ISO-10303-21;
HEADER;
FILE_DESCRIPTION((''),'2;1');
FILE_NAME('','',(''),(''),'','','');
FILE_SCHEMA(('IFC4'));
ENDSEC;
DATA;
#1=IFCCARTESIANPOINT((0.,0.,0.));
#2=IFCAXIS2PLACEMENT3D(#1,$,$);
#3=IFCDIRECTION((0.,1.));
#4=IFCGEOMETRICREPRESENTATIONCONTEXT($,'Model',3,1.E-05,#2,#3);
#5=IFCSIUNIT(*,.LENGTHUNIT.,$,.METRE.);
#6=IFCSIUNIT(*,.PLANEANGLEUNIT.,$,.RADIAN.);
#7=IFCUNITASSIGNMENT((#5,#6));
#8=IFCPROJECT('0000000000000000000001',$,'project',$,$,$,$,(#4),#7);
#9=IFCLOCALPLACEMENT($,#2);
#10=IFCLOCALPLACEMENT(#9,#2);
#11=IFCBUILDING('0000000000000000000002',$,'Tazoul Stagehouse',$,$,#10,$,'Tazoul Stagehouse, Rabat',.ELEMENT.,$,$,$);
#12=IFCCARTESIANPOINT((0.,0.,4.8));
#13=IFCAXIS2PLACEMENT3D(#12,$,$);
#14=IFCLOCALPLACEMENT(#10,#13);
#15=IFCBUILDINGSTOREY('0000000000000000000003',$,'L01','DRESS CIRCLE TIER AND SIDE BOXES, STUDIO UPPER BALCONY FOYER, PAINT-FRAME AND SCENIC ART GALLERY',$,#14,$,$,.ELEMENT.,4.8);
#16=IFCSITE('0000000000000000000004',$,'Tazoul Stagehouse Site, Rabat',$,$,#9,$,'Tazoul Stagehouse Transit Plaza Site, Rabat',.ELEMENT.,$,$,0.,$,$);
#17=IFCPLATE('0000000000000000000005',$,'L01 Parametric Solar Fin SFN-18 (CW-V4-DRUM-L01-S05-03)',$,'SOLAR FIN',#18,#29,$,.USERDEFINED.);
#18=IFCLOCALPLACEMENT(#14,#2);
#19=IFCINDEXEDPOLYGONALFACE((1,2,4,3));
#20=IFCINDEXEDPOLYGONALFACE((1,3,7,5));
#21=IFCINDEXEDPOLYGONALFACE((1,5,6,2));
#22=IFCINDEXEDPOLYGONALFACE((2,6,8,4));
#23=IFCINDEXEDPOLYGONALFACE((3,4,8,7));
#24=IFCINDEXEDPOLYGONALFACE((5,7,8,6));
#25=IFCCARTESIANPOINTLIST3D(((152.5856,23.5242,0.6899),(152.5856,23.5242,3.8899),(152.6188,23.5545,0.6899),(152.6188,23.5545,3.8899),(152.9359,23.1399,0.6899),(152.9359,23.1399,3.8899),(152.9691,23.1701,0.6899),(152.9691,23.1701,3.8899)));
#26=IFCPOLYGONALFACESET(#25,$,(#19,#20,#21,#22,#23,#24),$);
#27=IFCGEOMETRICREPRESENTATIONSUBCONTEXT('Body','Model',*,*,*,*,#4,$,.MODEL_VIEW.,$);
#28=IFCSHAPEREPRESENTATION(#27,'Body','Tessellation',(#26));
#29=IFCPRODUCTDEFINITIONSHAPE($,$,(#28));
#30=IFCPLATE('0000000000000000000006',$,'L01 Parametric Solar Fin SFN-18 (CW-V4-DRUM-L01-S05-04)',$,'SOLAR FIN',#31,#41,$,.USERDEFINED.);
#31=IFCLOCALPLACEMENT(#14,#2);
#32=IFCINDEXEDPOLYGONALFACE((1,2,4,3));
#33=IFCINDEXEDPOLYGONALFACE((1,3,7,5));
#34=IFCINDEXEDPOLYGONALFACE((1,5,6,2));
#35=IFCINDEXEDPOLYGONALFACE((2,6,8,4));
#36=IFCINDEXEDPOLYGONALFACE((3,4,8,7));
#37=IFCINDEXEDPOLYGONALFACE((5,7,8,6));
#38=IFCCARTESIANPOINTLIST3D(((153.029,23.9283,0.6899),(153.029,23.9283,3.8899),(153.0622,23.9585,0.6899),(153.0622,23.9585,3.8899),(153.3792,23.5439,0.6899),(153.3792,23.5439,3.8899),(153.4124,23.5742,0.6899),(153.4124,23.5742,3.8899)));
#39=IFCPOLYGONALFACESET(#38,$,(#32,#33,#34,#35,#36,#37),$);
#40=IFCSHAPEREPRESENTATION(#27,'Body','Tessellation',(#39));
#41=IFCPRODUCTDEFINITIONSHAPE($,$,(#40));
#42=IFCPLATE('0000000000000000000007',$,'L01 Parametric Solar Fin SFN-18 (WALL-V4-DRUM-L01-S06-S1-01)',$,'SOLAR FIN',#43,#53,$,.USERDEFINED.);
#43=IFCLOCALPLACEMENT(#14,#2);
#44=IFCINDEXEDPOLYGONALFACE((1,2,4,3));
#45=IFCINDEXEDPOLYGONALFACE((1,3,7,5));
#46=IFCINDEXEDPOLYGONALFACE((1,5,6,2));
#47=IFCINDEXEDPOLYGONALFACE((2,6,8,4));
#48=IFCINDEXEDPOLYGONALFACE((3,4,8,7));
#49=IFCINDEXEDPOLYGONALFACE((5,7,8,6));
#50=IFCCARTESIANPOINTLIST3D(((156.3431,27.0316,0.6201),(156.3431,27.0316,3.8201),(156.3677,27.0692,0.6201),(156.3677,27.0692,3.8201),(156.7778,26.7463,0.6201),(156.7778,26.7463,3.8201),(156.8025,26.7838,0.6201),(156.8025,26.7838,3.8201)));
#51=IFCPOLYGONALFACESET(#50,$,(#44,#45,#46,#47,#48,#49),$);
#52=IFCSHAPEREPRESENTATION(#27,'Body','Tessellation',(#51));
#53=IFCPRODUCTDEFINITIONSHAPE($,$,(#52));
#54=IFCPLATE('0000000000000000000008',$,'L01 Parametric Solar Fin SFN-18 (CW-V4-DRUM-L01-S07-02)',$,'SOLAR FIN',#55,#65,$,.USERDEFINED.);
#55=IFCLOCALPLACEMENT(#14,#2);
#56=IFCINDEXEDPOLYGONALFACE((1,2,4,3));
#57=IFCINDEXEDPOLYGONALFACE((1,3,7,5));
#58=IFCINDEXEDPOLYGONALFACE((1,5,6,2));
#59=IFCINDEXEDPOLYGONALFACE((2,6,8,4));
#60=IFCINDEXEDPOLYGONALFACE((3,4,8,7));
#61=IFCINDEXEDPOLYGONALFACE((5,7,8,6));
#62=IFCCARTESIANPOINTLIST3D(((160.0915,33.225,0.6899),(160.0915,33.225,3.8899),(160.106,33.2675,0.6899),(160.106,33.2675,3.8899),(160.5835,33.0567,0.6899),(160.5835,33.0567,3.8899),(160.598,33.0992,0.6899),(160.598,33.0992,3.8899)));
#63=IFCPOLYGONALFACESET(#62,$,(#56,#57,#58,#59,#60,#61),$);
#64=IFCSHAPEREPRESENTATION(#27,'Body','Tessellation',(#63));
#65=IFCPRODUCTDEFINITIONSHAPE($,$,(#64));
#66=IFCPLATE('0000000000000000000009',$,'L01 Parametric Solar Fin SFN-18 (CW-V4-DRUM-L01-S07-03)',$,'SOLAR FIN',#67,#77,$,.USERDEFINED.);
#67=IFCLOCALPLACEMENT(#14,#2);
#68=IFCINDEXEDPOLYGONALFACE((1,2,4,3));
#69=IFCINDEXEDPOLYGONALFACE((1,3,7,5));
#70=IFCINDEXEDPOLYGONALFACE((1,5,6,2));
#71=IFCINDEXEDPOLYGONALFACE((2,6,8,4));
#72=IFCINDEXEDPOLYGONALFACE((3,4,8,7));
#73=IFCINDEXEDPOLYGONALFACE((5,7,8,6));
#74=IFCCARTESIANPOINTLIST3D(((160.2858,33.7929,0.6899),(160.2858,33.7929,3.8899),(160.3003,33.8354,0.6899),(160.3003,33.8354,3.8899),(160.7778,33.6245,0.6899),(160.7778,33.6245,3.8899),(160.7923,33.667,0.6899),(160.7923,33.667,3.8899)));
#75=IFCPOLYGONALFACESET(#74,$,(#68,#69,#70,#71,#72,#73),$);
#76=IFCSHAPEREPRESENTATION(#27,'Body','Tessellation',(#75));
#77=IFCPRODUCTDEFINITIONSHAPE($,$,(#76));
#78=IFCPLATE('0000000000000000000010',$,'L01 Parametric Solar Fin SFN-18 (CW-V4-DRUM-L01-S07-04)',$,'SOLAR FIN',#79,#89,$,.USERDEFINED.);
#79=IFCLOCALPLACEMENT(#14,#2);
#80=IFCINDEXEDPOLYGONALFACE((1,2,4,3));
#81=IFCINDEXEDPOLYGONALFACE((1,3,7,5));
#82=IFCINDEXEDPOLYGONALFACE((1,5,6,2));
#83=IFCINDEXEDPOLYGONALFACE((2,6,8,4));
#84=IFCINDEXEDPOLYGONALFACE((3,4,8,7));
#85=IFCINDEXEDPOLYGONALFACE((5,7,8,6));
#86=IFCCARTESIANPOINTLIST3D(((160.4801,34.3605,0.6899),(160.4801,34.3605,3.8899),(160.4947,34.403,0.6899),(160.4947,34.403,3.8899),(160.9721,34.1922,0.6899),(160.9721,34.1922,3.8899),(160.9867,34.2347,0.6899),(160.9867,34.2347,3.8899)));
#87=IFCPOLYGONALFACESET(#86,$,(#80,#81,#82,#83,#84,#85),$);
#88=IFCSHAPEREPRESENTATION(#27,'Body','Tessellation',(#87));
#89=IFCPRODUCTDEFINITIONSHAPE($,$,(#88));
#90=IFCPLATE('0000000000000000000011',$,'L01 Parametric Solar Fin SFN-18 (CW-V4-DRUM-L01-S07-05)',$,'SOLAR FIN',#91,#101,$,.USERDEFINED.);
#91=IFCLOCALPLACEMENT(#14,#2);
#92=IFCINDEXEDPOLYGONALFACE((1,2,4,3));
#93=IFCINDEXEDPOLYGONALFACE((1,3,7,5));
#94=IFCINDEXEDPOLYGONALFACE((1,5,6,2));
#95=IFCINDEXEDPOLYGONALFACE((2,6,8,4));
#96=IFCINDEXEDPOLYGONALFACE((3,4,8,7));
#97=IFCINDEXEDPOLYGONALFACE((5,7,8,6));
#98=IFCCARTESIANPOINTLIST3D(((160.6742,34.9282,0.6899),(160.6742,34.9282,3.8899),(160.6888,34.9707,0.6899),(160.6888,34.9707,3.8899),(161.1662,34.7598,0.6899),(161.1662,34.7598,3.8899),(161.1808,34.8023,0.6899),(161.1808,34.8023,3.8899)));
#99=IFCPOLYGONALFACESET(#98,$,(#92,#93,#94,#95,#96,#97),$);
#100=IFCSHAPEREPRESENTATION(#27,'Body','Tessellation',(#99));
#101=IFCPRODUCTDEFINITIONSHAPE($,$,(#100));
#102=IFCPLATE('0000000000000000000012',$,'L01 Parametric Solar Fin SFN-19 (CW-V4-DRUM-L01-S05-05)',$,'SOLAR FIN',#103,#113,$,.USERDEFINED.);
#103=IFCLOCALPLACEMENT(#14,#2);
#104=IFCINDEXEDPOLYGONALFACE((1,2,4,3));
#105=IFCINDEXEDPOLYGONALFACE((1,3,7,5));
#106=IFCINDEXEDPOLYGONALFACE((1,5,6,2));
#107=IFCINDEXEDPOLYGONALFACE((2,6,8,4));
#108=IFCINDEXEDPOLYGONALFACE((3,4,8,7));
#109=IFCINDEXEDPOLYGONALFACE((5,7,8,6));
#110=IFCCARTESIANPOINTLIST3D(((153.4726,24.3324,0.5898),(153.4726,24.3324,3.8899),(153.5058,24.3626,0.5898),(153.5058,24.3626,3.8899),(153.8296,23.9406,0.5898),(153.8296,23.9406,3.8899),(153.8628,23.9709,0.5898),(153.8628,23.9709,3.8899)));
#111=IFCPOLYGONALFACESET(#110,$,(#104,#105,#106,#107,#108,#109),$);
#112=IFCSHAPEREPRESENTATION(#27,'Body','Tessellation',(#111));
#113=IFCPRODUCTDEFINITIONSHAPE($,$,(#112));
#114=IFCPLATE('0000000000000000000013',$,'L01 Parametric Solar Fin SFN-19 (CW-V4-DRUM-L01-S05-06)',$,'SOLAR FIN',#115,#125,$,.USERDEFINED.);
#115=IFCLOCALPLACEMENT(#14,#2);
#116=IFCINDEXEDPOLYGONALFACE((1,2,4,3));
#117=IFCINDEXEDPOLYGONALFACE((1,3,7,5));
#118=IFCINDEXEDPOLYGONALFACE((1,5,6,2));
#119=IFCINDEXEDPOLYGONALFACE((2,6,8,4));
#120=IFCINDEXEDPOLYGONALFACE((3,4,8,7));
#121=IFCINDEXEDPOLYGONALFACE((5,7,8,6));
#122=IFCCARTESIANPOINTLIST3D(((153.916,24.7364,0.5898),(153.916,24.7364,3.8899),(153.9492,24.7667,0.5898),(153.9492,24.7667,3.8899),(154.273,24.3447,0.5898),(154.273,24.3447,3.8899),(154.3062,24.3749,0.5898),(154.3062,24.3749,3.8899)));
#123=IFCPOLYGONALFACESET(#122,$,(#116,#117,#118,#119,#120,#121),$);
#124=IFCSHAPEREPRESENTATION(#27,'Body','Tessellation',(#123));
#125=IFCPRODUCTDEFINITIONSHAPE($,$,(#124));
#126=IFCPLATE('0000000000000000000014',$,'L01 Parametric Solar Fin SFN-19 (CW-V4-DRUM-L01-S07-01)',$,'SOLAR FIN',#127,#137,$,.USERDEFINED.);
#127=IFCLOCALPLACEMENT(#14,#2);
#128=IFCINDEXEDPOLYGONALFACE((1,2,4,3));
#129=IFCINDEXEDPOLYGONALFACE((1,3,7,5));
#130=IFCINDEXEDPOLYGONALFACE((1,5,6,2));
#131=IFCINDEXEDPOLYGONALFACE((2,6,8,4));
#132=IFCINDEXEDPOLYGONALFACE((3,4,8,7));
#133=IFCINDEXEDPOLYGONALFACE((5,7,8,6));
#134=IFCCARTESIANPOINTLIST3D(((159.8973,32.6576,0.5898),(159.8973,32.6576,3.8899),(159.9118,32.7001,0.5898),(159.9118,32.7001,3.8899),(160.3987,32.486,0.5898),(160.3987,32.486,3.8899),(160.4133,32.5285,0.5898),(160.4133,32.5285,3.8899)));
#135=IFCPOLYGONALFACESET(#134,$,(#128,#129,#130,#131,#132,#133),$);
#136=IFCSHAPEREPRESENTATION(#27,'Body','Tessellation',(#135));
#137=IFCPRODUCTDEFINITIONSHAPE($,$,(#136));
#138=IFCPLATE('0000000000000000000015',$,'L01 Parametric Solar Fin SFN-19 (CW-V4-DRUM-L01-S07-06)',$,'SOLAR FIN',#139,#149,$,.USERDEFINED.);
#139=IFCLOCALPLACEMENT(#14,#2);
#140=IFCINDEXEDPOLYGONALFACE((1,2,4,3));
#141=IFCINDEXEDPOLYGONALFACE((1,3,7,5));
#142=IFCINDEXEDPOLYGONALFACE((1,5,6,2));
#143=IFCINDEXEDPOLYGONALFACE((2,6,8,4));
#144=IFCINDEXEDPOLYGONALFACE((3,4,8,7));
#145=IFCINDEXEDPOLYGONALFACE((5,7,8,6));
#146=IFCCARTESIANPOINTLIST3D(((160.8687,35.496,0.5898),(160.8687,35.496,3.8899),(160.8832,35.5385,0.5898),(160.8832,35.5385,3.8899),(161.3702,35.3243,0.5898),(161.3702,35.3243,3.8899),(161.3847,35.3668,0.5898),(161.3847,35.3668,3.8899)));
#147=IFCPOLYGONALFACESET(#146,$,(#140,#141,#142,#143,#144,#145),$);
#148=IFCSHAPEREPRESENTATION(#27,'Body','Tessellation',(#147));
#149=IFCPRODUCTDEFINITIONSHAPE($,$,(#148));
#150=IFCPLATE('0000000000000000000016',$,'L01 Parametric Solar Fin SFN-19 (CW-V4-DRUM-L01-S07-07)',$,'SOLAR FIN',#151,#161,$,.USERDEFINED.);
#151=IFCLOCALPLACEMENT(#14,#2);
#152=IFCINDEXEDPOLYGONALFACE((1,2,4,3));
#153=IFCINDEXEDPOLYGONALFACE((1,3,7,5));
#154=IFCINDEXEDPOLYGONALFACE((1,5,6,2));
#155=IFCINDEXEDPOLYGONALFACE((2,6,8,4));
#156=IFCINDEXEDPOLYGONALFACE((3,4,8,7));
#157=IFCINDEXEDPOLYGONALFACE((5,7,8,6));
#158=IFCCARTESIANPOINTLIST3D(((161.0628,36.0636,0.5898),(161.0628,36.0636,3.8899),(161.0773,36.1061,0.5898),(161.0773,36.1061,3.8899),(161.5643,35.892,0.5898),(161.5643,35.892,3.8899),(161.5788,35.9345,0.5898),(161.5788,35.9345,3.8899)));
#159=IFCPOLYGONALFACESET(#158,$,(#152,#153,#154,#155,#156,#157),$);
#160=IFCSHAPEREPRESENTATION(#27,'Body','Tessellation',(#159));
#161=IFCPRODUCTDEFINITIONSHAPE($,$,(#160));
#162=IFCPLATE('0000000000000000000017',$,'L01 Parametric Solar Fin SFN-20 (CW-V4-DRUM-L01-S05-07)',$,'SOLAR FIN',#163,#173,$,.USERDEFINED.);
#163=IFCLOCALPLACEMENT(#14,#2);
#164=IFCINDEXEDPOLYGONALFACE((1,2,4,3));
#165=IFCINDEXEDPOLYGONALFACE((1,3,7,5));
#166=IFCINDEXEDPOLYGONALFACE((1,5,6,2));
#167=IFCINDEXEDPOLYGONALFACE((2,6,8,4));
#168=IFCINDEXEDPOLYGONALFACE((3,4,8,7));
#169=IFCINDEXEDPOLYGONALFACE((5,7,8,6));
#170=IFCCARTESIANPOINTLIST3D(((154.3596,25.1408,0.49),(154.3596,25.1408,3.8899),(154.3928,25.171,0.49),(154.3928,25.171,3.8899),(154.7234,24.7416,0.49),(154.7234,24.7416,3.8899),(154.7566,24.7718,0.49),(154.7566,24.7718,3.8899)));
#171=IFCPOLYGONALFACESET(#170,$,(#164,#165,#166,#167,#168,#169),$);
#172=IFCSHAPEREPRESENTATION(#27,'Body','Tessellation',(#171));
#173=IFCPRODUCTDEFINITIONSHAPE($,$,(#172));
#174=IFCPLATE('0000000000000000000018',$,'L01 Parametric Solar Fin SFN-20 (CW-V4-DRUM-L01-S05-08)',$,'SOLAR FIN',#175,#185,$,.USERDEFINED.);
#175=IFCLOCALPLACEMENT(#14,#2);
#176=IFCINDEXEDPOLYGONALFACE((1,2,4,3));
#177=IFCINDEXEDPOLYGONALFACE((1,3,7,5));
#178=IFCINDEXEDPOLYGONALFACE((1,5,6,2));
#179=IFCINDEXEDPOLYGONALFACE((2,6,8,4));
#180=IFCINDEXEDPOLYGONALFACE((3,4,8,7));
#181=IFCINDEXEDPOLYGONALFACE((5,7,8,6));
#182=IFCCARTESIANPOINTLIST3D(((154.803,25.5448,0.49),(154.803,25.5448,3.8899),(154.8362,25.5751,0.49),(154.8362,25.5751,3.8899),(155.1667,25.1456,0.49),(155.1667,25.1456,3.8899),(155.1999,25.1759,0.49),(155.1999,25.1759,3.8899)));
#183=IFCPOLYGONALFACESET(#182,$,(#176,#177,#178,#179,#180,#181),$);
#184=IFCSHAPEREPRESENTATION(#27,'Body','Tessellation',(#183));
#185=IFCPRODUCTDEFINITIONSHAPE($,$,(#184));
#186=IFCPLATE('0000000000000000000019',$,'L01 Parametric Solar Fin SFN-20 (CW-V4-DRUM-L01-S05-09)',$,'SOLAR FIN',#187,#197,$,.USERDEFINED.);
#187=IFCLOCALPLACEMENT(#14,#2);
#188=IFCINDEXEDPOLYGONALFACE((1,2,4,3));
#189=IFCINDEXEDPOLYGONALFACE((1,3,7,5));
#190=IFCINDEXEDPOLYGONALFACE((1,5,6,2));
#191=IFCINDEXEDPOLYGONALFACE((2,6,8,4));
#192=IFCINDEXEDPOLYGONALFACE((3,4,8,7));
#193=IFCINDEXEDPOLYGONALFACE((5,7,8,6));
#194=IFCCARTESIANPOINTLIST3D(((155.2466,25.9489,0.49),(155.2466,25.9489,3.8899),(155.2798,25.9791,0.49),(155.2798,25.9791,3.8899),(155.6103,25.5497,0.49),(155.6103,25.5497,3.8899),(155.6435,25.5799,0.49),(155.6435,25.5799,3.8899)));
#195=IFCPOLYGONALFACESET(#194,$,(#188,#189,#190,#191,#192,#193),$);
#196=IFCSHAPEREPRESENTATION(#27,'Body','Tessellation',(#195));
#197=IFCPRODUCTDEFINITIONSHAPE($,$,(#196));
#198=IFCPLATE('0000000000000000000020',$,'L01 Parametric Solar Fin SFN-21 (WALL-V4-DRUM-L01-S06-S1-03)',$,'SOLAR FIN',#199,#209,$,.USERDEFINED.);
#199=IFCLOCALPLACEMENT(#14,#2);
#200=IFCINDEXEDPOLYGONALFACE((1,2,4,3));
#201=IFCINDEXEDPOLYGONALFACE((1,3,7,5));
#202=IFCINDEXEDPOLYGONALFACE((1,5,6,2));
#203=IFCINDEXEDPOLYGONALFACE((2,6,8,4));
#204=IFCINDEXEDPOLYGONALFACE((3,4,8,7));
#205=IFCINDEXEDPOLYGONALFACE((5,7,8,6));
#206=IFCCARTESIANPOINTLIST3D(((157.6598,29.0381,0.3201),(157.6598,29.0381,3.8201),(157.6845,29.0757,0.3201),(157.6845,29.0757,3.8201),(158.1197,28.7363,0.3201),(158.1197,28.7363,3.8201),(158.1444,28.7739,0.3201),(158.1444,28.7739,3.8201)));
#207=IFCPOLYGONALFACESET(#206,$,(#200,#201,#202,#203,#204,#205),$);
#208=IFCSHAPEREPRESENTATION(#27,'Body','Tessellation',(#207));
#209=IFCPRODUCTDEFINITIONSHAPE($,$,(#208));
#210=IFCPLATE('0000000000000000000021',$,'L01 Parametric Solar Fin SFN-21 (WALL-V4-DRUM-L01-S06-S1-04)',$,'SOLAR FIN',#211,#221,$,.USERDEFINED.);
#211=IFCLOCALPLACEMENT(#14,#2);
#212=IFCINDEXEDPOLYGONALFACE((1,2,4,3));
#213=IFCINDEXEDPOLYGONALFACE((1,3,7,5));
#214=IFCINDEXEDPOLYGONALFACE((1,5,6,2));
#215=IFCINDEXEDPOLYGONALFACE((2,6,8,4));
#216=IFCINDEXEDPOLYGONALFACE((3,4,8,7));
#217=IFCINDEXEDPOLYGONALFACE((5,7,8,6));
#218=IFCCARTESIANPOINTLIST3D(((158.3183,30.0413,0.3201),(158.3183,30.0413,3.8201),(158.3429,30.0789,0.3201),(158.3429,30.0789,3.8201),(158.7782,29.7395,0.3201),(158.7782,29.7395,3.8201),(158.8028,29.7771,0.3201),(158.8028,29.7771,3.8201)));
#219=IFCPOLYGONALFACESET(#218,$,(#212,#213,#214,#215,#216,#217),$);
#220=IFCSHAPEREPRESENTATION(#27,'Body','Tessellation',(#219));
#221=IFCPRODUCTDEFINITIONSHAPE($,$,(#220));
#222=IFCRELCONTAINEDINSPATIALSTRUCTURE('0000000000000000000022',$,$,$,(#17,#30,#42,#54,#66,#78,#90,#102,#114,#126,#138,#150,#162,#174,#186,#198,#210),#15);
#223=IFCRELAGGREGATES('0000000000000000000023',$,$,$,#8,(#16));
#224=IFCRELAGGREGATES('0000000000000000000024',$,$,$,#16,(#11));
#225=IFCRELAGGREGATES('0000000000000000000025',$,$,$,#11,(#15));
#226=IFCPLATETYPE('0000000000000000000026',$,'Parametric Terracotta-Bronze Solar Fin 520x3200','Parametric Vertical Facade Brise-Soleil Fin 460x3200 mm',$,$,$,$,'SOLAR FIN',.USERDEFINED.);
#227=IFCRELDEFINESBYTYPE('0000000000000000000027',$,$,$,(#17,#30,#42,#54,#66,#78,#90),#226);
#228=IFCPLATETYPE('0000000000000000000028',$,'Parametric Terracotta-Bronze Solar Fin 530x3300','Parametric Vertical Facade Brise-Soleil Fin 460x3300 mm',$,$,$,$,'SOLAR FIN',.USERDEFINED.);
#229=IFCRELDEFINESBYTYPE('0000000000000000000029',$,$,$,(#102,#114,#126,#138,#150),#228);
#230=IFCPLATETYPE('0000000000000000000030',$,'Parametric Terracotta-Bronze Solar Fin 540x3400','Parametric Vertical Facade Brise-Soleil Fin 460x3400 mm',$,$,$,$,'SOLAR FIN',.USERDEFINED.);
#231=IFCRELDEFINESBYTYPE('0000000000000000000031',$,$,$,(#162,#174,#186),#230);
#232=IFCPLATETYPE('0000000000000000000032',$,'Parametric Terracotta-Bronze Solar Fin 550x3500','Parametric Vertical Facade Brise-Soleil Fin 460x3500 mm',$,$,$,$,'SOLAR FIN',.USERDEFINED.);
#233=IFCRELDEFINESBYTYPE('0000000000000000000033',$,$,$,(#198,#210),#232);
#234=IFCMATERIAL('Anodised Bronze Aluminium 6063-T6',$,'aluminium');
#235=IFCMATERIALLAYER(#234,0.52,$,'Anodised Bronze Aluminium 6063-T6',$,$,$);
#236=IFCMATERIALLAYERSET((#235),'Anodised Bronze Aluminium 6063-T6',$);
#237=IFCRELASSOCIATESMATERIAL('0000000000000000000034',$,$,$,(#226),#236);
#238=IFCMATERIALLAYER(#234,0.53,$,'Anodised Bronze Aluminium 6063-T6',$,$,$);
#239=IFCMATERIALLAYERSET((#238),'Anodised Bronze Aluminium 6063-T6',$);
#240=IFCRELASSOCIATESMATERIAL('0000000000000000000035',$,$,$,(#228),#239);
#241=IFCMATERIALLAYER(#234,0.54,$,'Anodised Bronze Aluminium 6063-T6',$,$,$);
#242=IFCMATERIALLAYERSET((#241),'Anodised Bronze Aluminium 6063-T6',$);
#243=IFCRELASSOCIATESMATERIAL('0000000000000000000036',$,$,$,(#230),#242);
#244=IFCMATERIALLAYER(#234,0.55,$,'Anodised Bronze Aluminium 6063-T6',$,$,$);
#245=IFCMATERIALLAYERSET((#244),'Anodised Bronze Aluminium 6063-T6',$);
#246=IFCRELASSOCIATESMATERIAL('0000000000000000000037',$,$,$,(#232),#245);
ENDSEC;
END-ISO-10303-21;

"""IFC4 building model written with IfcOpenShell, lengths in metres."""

from ifc_helpers import new_model, si_unit, direction, frame, origin, origin_2d, place, context, subcontext, project, spatial, rectangle, extrude, material, layer, layer_set, type_object, element, save


model = new_model("IFC4")

# Units and contexts
model_context = context("Model", 3, precision=1e-05, world=origin(), true_north=direction((0.0, 1.0)))
body_context = subcontext(model_context, "Body", "Model", "MODEL_VIEW")
ifc_project = project(units=[si_unit("LENGTHUNIT", "METRE"), si_unit("PLANEANGLEUNIT", "RADIAN")], contexts=[model_context])

# Site, building, storey
site_placement = place(None, origin())
site = spatial("IfcSite", under=ifc_project, at=site_placement, Name="Tazoul Stagehouse Site, Rabat", LongName="Tazoul Stagehouse Transit Plaza Site, Rabat", CompositionType="ELEMENT", RefElevation=0.0)
building_placement = place(site_placement, origin())
building = spatial("IfcBuilding", under=site, at=building_placement, Name="Tazoul Stagehouse", LongName="Tazoul Stagehouse, Rabat", CompositionType="ELEMENT")
storey_placement = place(building_placement, frame((0.0, 0.0, 4.8)))
storey = spatial("IfcBuildingStorey", under=building, at=storey_placement, Name="L01", Description="DRESS CIRCLE TIER AND SIDE BOXES, STUDIO UPPER BALCONY FOYER, PAINT-FRAME AND SCENIC ART GALLERY", CompositionType="ELEMENT", Elevation=4.8)

# Plates
ifc_material_1 = material(Name="Anodised Bronze Aluminium 6063-T6", Category="aluminium")
ifc_layer_1 = layer(ifc_material_1, 0.52, Name="Anodised Bronze Aluminium 6063-T6")
ifc_layer_set_1 = layer_set([ifc_layer_1], Name="Anodised Bronze Aluminium 6063-T6")
plate_type_1 = type_object("IfcPlateType", Name="Parametric Terracotta-Bronze Solar Fin 520x3200", Description="Parametric Vertical Facade Brise-Soleil Fin 460x3200 mm", ElementType="SOLAR FIN", PredefinedType="USERDEFINED", material=ifc_layer_set_1)
for number, where, z_axis, x_axis, name in (
    (1, (152.7773, 23.3472, 0.6899), (0.0, 0.0, 1.0), (0.739147, 0.673544, 0.0), "L01 Parametric Solar Fin SFN-18 (CW-V4-DRUM-L01-S05-03)"),
    (2, (153.2207, 23.7512, 0.6899), (0.0, 0.0, 1.0), (0.739147, 0.673544, 0.0), "L01 Parametric Solar Fin SFN-18 (CW-V4-DRUM-L01-S05-04)"),
    (3, (156.5728, 26.9077, 0.6201), (0.0, 0.0, 1.0), (0.548671, 0.836038, 0.0), "L01 Parametric Solar Fin SFN-18 (WALL-V4-DRUM-L01-S06-S1-01)"),
    (4, (160.3447, 33.1621, 0.6899), (0.0, 0.0, 1.0), (0.323785, 0.946131, 0.0), "L01 Parametric Solar Fin SFN-18 (CW-V4-DRUM-L01-S07-02)"),
    (5, (160.5391, 33.73, 0.6899), (0.0, 0.0, 1.0), (0.323785, 0.946131, 0.0), "L01 Parametric Solar Fin SFN-18 (CW-V4-DRUM-L01-S07-03)"),
    (6, (160.7334, 34.2976, 0.6899), (0.0, 0.0, 1.0), (0.323785, 0.946131, 0.0), "L01 Parametric Solar Fin SFN-18 (CW-V4-DRUM-L01-S07-04)"),
    (7, (160.9275, 34.8652, 0.6899), (0.0, 0.0, 1.0), (0.323785, 0.946131, 0.0), "L01 Parametric Solar Fin SFN-18 (CW-V4-DRUM-L01-S07-05)"),
):
    element("IfcPlate", number, at=place(storey_placement, frame(where, z_axis=z_axis, x_axis=x_axis)), inside=storey, type_object=plate_type_1, Name=name, ObjectType="SOLAR FIN", PredefinedType="USERDEFINED", context=body_context, shape_type="SweptSolid", body=[
        extrude(rectangle(XDim=0.0449, YDim=0.52, at=origin_2d()), origin(), (0.0, 0.0, 1.0), 3.2),
    ])
ifc_layer_2 = layer(ifc_material_1, 0.53, Name="Anodised Bronze Aluminium 6063-T6")
ifc_layer_set_2 = layer_set([ifc_layer_2], Name="Anodised Bronze Aluminium 6063-T6")
plate_type_2 = type_object("IfcPlateType", Name="Parametric Terracotta-Bronze Solar Fin 530x3300", Description="Parametric Vertical Facade Brise-Soleil Fin 460x3300 mm", ElementType="SOLAR FIN", PredefinedType="USERDEFINED", material=ifc_layer_set_2)
for number, where, z_axis, x_axis, name in (
    (8, (153.6677, 24.1516, 0.5898), (0.0, 0.0, 1.0), (0.739147, 0.673544, 0.0), "L01 Parametric Solar Fin SFN-19 (CW-V4-DRUM-L01-S05-05)"),
    (9, (154.1111, 24.5557, 0.5898), (0.0, 0.0, 1.0), (0.739147, 0.673544, 0.0), "L01 Parametric Solar Fin SFN-19 (CW-V4-DRUM-L01-S05-06)"),
    (10, (160.1553, 32.593, 0.5898), (0.0, 0.0, 1.0), (0.323785, 0.946131, 0.0), "L01 Parametric Solar Fin SFN-19 (CW-V4-DRUM-L01-S07-01)"),
    (11, (161.1267, 35.4314, 0.5898), (0.0, 0.0, 1.0), (0.323785, 0.946131, 0.0), "L01 Parametric Solar Fin SFN-19 (CW-V4-DRUM-L01-S07-06)"),
    (12, (161.3208, 35.999, 0.5898), (0.0, 0.0, 1.0), (0.323785, 0.946131, 0.0), "L01 Parametric Solar Fin SFN-19 (CW-V4-DRUM-L01-S07-07)"),
):
    element("IfcPlate", number, at=place(storey_placement, frame(where, z_axis=z_axis, x_axis=x_axis)), inside=storey, type_object=plate_type_2, Name=name, ObjectType="SOLAR FIN", PredefinedType="USERDEFINED", context=body_context, shape_type="SweptSolid", body=[
        extrude(rectangle(XDim=0.0449, YDim=0.53, at=origin_2d()), origin(), (0.0, 0.0, 1.0), 3.3),
    ])
ifc_layer_3 = layer(ifc_material_1, 0.54, Name="Anodised Bronze Aluminium 6063-T6")
ifc_layer_set_3 = layer_set([ifc_layer_3], Name="Anodised Bronze Aluminium 6063-T6")
plate_type_3 = type_object("IfcPlateType", Name="Parametric Terracotta-Bronze Solar Fin 540x3400", Description="Parametric Vertical Facade Brise-Soleil Fin 460x3400 mm", ElementType="SOLAR FIN", PredefinedType="USERDEFINED", material=ifc_layer_set_3)
for number, where, z_axis, x_axis, name in (
    (13, (154.5581, 24.9563, 0.49), (0.0, 0.0, 1.0), (0.739147, 0.673544, 0.0), "L01 Parametric Solar Fin SFN-20 (CW-V4-DRUM-L01-S05-07)"),
    (14, (155.0015, 25.3604, 0.49), (0.0, 0.0, 1.0), (0.739147, 0.673544, 0.0), "L01 Parametric Solar Fin SFN-20 (CW-V4-DRUM-L01-S05-08)"),
    (15, (155.4451, 25.7644, 0.49), (0.0, 0.0, 1.0), (0.739147, 0.673544, 0.0), "L01 Parametric Solar Fin SFN-20 (CW-V4-DRUM-L01-S05-09)"),
):
    element("IfcPlate", number, at=place(storey_placement, frame(where, z_axis=z_axis, x_axis=x_axis)), inside=storey, type_object=plate_type_3, Name=name, ObjectType="SOLAR FIN", PredefinedType="USERDEFINED", context=body_context, shape_type="SweptSolid", body=[
        extrude(rectangle(XDim=0.0449, YDim=0.54, at=origin_2d()), origin(), (0.0, 0.0, 1.0), 3.3999),
    ])
ifc_layer_4 = layer(ifc_material_1, 0.55, Name="Anodised Bronze Aluminium 6063-T6")
ifc_layer_set_4 = layer_set([ifc_layer_4], Name="Anodised Bronze Aluminium 6063-T6")
plate_type_4 = type_object("IfcPlateType", Name="Parametric Terracotta-Bronze Solar Fin 550x3500", Description="Parametric Vertical Facade Brise-Soleil Fin 460x3500 mm", ElementType="SOLAR FIN", PredefinedType="USERDEFINED", material=ifc_layer_set_4)
for number, where, z_axis, x_axis, name in (
    (16, (157.9021, 28.906, 0.3201), (0.0, 0.0, 1.0), (0.548671, 0.836038, 0.0), "L01 Parametric Solar Fin SFN-21 (WALL-V4-DRUM-L01-S06-S1-03)"),
    (17, (158.5605, 29.9092, 0.3201), (0.0, 0.0, 1.0), (0.548671, 0.836038, 0.0), "L01 Parametric Solar Fin SFN-21 (WALL-V4-DRUM-L01-S06-S1-04)"),
):
    element("IfcPlate", number, at=place(storey_placement, frame(where, z_axis=z_axis, x_axis=x_axis)), inside=storey, type_object=plate_type_4, Name=name, ObjectType="SOLAR FIN", PredefinedType="USERDEFINED", context=body_context, shape_type="SweptSolid", body=[
        extrude(rectangle(XDim=0.0449, YDim=0.55, at=origin_2d()), origin(), (0.0, 0.0, 1.0), 3.5),
    ])

save(model, "model.ifc")
